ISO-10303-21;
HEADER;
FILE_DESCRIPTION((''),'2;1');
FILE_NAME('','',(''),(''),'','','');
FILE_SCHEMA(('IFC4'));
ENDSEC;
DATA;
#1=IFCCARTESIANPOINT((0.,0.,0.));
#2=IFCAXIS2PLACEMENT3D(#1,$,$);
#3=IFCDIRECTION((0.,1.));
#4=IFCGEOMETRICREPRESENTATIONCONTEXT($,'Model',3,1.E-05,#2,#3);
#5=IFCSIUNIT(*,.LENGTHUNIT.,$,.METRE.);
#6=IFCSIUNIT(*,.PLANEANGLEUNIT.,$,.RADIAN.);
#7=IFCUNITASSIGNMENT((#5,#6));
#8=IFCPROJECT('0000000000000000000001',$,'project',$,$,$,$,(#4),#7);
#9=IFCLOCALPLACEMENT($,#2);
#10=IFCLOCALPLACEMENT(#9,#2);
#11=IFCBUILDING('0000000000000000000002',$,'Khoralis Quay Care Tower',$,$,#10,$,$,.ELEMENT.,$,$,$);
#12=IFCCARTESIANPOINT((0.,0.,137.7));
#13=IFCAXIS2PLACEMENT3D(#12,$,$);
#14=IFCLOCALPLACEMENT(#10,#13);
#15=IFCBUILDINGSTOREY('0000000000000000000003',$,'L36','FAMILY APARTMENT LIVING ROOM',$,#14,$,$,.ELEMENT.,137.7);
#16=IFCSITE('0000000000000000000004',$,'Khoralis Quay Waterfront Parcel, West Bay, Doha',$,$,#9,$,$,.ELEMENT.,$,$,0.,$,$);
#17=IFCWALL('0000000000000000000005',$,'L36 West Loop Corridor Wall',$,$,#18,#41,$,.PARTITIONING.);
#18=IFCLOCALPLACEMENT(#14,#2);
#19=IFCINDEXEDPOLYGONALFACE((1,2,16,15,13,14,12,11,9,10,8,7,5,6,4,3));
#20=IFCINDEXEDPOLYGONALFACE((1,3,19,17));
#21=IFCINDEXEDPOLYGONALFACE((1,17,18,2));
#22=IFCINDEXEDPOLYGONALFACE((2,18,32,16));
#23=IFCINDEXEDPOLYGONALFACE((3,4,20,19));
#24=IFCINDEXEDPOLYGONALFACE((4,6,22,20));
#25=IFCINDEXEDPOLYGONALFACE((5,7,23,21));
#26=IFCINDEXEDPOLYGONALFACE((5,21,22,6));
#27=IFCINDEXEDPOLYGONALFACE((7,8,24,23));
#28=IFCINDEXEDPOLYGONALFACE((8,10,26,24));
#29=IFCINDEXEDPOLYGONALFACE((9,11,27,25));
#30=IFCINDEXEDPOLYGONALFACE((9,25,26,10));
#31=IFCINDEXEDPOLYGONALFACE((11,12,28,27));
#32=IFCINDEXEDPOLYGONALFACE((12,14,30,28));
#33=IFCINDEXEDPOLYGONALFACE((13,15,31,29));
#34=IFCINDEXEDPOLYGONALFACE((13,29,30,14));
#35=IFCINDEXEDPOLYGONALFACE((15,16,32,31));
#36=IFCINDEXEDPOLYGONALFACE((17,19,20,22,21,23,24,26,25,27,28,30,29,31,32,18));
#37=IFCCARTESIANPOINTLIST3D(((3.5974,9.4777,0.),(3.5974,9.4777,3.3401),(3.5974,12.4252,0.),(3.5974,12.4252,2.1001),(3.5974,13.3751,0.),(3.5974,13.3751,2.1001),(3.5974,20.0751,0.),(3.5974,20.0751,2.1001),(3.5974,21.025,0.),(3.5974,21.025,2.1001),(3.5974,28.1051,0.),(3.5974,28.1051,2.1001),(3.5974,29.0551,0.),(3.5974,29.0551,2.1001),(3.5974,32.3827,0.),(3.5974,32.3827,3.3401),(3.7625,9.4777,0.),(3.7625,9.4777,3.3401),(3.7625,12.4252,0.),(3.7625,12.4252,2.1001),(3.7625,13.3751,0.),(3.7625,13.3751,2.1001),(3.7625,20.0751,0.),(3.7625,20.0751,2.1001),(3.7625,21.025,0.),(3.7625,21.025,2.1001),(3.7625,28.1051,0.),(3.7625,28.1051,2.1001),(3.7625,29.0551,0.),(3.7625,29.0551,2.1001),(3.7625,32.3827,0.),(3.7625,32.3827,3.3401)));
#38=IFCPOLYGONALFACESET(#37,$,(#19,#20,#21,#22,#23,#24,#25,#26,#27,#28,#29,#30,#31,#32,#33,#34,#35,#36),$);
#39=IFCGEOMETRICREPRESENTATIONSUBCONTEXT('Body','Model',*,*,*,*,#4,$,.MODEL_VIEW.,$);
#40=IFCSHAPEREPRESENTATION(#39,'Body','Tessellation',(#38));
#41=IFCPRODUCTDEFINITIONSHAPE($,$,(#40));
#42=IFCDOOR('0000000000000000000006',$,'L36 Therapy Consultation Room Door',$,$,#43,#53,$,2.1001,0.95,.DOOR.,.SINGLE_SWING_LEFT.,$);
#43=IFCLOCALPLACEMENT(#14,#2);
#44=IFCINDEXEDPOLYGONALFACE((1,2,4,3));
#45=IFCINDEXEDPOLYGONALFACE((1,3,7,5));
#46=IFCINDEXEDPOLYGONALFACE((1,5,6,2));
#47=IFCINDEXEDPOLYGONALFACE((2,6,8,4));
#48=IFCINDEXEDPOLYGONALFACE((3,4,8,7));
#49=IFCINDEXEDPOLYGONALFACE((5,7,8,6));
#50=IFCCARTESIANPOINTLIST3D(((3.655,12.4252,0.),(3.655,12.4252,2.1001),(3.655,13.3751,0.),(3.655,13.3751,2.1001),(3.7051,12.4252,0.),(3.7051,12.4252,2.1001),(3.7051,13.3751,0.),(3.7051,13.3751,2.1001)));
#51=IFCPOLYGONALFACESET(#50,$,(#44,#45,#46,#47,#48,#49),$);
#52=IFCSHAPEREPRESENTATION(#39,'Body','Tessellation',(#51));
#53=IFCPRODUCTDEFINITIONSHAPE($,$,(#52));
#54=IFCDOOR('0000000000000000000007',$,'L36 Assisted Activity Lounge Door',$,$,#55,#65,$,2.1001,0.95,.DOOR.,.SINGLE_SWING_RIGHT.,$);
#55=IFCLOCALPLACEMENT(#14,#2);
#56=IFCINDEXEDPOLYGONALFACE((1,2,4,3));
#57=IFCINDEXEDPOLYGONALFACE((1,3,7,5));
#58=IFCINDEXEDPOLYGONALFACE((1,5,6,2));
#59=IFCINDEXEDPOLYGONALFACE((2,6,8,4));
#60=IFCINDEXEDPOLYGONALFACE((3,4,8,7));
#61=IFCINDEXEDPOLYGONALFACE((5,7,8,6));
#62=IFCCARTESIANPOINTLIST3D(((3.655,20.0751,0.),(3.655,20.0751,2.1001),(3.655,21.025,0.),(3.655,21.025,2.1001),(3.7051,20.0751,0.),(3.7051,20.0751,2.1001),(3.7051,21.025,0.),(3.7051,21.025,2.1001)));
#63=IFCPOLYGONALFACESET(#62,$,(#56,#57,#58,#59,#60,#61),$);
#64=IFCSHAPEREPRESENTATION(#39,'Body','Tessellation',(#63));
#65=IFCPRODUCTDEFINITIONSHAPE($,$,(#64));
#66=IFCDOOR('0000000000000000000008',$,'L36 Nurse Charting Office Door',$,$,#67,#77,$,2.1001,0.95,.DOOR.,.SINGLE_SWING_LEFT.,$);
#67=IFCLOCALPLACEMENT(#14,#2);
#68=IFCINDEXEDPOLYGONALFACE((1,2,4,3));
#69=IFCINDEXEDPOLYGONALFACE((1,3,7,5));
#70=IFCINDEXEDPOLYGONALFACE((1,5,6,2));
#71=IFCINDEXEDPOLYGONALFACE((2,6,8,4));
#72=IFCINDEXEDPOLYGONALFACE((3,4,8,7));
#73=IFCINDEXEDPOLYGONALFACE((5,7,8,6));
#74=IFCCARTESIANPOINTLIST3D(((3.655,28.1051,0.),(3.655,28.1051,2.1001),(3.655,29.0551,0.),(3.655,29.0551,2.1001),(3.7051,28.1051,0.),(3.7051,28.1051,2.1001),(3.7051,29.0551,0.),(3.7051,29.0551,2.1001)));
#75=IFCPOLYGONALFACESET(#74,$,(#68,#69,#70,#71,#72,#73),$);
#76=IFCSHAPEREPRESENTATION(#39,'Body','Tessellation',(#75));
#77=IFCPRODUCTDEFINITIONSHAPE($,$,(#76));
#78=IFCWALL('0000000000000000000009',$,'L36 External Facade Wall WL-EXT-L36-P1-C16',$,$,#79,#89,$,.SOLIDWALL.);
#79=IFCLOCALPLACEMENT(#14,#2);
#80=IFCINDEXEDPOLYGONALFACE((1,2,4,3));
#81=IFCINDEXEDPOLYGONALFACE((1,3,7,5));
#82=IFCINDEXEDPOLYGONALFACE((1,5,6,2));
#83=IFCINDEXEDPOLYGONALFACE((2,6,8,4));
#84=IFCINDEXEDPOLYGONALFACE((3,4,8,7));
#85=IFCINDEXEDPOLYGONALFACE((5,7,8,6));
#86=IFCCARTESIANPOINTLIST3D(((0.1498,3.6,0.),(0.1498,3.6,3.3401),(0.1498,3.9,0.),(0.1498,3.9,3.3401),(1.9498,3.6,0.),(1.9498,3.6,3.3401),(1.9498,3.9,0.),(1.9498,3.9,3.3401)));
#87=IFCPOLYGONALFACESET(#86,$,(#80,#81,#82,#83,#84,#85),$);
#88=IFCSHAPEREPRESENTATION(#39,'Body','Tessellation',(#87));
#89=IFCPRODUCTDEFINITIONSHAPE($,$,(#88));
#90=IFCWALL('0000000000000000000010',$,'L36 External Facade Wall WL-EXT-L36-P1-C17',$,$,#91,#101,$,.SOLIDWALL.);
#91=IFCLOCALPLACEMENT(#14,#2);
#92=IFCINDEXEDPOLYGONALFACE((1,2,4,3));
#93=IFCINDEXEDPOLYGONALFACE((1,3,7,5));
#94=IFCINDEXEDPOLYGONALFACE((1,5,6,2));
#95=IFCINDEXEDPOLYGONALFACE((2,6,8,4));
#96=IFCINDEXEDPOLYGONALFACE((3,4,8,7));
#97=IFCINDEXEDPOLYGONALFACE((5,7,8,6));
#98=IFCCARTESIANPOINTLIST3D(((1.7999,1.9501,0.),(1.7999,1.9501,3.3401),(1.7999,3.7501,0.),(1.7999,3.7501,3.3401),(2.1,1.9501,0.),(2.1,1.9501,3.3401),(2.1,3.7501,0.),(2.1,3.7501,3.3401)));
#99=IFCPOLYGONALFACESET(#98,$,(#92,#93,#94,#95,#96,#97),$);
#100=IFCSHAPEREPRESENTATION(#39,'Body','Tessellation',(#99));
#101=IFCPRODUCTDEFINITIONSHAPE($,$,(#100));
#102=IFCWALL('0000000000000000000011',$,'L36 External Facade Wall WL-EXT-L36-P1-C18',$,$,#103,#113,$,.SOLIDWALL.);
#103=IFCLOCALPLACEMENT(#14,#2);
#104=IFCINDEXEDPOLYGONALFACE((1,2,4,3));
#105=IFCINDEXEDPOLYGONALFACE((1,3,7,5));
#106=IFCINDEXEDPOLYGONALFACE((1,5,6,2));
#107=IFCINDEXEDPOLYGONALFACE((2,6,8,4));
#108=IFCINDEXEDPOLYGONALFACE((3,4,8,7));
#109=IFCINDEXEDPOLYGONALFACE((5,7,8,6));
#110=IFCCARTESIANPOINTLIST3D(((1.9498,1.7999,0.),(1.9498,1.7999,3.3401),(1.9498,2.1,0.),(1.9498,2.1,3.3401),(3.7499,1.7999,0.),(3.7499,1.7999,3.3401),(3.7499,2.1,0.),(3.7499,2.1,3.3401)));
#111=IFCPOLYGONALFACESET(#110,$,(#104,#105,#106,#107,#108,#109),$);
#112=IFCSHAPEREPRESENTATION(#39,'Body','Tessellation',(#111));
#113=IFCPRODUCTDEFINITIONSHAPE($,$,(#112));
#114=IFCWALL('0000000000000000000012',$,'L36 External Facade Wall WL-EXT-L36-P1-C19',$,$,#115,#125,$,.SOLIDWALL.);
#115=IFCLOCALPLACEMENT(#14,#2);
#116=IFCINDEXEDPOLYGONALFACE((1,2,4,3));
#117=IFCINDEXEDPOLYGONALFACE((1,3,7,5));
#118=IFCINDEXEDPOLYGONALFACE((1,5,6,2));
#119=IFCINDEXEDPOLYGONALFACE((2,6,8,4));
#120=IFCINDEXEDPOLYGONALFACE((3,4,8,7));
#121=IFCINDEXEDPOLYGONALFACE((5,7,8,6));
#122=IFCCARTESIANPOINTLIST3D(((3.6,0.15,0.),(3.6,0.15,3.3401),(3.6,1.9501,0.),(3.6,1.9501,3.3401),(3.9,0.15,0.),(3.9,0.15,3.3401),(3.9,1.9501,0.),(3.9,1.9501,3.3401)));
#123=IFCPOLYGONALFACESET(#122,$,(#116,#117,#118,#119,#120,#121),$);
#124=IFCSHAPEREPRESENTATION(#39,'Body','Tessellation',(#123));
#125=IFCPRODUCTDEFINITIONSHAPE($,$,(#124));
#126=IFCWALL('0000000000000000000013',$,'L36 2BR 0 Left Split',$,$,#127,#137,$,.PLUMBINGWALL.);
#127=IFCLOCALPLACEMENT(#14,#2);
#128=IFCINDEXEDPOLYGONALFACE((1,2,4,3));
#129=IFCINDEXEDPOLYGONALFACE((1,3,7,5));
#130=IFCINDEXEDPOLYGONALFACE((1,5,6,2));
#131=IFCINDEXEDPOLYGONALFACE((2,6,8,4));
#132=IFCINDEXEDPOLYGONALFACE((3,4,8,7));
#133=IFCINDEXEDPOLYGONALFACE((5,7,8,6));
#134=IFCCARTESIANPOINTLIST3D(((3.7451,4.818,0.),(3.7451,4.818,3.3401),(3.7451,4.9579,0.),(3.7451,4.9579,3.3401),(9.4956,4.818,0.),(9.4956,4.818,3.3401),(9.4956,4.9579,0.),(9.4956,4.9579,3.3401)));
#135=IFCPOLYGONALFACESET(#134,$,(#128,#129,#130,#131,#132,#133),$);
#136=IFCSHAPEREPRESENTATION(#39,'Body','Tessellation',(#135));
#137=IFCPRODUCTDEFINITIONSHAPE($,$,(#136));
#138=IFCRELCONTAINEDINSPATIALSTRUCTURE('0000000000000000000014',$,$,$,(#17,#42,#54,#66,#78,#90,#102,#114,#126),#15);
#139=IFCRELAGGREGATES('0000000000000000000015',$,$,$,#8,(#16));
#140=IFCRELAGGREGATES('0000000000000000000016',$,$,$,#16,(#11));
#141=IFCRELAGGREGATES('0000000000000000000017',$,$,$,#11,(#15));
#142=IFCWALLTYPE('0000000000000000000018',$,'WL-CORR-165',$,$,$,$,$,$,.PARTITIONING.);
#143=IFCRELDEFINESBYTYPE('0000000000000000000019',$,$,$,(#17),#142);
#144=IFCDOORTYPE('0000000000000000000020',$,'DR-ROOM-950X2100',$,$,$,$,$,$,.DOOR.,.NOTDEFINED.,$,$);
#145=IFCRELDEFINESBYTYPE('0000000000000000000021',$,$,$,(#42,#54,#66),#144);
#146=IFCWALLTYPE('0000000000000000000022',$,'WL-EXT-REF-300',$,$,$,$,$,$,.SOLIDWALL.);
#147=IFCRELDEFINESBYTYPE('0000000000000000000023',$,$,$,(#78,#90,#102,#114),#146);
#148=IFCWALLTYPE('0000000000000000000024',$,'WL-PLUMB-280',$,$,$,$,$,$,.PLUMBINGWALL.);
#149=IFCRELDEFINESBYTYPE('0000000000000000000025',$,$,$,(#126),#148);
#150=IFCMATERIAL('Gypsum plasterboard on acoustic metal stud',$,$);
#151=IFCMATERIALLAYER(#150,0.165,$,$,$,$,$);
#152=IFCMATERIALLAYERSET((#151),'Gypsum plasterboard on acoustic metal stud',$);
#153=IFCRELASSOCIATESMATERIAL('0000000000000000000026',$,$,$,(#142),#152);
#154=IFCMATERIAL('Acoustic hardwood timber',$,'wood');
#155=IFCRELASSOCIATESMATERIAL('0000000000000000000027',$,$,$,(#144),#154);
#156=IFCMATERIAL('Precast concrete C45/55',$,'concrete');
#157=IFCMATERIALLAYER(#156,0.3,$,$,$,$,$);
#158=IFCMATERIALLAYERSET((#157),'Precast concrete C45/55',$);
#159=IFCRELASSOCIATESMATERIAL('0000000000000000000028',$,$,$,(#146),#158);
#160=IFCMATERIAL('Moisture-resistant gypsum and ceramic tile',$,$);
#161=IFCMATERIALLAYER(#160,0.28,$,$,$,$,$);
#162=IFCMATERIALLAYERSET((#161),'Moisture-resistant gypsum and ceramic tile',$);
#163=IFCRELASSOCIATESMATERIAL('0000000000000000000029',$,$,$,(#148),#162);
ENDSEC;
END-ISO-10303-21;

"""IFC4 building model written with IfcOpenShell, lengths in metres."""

from ifc_helpers import new_model, si_unit, direction, frame, frame_2d, origin, place, context, subcontext, project, spatial, rectangle, extrude, source, transform, mapped, material, layer, layer_set, type_object, element, fill, save


model = new_model("IFC4")

# Units and contexts
model_context = context("Model", 3, precision=1e-05, world=origin(), true_north=direction((0.0, 1.0)))
body_context = subcontext(model_context, "Body", "Model", "MODEL_VIEW")
ifc_project = project(units=[si_unit("LENGTHUNIT", "METRE"), si_unit("PLANEANGLEUNIT", "RADIAN")], contexts=[model_context])

# Site, building, storey
site_placement = place(None, origin())
site = spatial("IfcSite", under=ifc_project, at=site_placement, Name="Khoralis Quay Waterfront Parcel, West Bay, Doha", CompositionType="ELEMENT", RefElevation=0.0)
building_placement = place(site_placement, origin())
building = spatial("IfcBuilding", under=site, at=building_placement, Name="Khoralis Quay Care Tower", CompositionType="ELEMENT")
storey_placement = place(building_placement, frame((0.0, 0.0, 137.7)))
storey = spatial("IfcBuildingStorey", under=building, at=storey_placement, Name="L36", Description="FAMILY APARTMENT LIVING ROOM", CompositionType="ELEMENT", Elevation=137.7)

# Shared definitions
ifc_material_1 = material(Name="Gypsum plasterboard on acoustic metal stud")

# Wall, openings, doors
ifc_layer_1 = layer(ifc_material_1, 0.165)
ifc_layer_set_1 = layer_set([ifc_layer_1], Name="Gypsum plasterboard on acoustic metal stud")
wall_type_1 = type_object("IfcWallType", Name="WL-CORR-165", PredefinedType="PARTITIONING", material=ifc_layer_set_1)
ifc_material_2 = material(Name="Acoustic hardwood timber", Category="wood")
door_type_1 = type_object("IfcDoorType", Name="DR-ROOM-950X2100", OperationType="NOTDEFINED", PredefinedType="DOOR", material=ifc_material_2)
shared_shape_1 = source(origin(), body_context, "Body", "SweptSolid", [
    extrude(rectangle(XDim=0.95, YDim=2.1001, at=frame_2d((0.4751, 1.05))), frame((0.0, 0.0249, 0.0), z_axis=(0.0, -1.0, 0.0), x_axis=(1.0, 0.0, 0.0)), (0.0, 0.0, 1.0), 0.05),
])
wall_1_placement = place(storey_placement, frame((3.6799, 9.4775, 0.0), z_axis=(0.0, 0.0, 1.0), x_axis=(0.0, 1.0, 0.0)))
wall_1 = element("IfcWall", 1, at=wall_1_placement, inside=storey, type_object=wall_type_1, Name="L36 West Loop Corridor Wall", PredefinedType="PARTITIONING", context=body_context, shape_type="SweptSolid", body=[
    extrude(rectangle(XDim=22.905, YDim=0.165, at=frame_2d((11.4526, 0.0))), origin(), (0.0, 0.0, 1.0), 3.3401),
])
opening_1_placement = place(wall_1_placement, frame((2.9475, 0.0, 0.0)))
opening_1 = element("IfcOpeningElement", 2, at=opening_1_placement, cuts=wall_1, PredefinedType="OPENING", context=body_context, shape_type="SweptSolid", body=[
    extrude(rectangle(XDim=0.95, YDim=2.1001, at=frame_2d((0.4751, 1.05))), frame((0.0, 0.0925, 0.0), z_axis=(0.0, -1.0, 0.0), x_axis=(1.0, 0.0, 0.0)), (0.0, 0.0, 1.0), 0.1851),
])
opening_2_placement = place(wall_1_placement, frame((10.5974, 0.0, 0.0)))
opening_2 = element("IfcOpeningElement", 3, at=opening_2_placement, cuts=wall_1, PredefinedType="OPENING", context=body_context, shape_type="SweptSolid", body=[
    extrude(rectangle(XDim=0.95, YDim=2.1001, at=frame_2d((0.4751, 1.05))), frame((0.0, 0.0925, 0.0), z_axis=(0.0, -1.0, 0.0), x_axis=(1.0, 0.0, 0.0)), (0.0, 0.0, 1.0), 0.1851),
])
opening_3_placement = place(wall_1_placement, frame((18.6274, 0.0, 0.0)))
opening_3 = element("IfcOpeningElement", 4, at=opening_3_placement, cuts=wall_1, PredefinedType="OPENING", context=body_context, shape_type="SweptSolid", body=[
    extrude(rectangle(XDim=0.95, YDim=2.1001, at=frame_2d((0.4751, 1.05))), frame((0.0, 0.0925, 0.0), z_axis=(0.0, -1.0, 0.0), x_axis=(1.0, 0.0, 0.0)), (0.0, 0.0, 1.0), 0.1851),
])
door_1_placement = place(opening_1_placement, origin())
door_1 = element("IfcDoor", 5, at=door_1_placement, inside=storey, type_object=door_type_1, Name="L36 Therapy Consultation Room Door", OperationType="SINGLE_SWING_LEFT", OverallHeight=2.1001, OverallWidth=0.95, PredefinedType="DOOR", context=body_context, shape_type="MappedRepresentation", body=[
    mapped(shared_shape_1, transform((0.0, 0.0, 0.0), scale=1.0)),
])
fill(opening_1, door_1)
door_2_placement = place(opening_2_placement, origin())
door_2 = element("IfcDoor", 6, at=door_2_placement, inside=storey, type_object=door_type_1, Name="L36 Assisted Activity Lounge Door", OperationType="SINGLE_SWING_RIGHT", OverallHeight=2.1001, OverallWidth=0.95, PredefinedType="DOOR", context=body_context, shape_type="MappedRepresentation", body=[
    mapped(shared_shape_1, transform((0.0, 0.0, 0.0), scale=1.0)),
])
fill(opening_2, door_2)
door_3_placement = place(opening_3_placement, origin())
door_3 = element("IfcDoor", 7, at=door_3_placement, inside=storey, type_object=door_type_1, Name="L36 Nurse Charting Office Door", OperationType="SINGLE_SWING_LEFT", OverallHeight=2.1001, OverallWidth=0.95, PredefinedType="DOOR", context=body_context, shape_type="MappedRepresentation", body=[
    mapped(shared_shape_1, transform((0.0, 0.0, 0.0), scale=1.0)),
])
fill(opening_3, door_3)

# Walls
ifc_material_3 = material(Name="Precast concrete C45/55", Category="concrete")
ifc_layer_2 = layer(ifc_material_3, 0.3)
ifc_layer_set_2 = layer_set([ifc_layer_2], Name="Precast concrete C45/55")
wall_type_2 = type_object("IfcWallType", Name="WL-EXT-REF-300", PredefinedType="SOLIDWALL", material=ifc_layer_set_2)
for number, where, z_axis, x_axis, name in (
    (8, (0.1499, 3.75, 0.0), (0.0, 0.0, 1.0), (1.0, 0.0, 0.0), "L36 External Facade Wall WL-EXT-L36-P1-C16"),
    (9, (1.95, 3.75, 0.0), (0.0, 0.0, 1.0), (0.0, -1.0, 0.0), "L36 External Facade Wall WL-EXT-L36-P1-C17"),
    (10, (1.95, 1.95, 0.0), (0.0, 0.0, 1.0), (1.0, 0.0, 0.0), "L36 External Facade Wall WL-EXT-L36-P1-C18"),
    (11, (3.75, 1.95, 0.0), (0.0, 0.0, 1.0), (0.0, -1.0, 0.0), "L36 External Facade Wall WL-EXT-L36-P1-C19"),
):
    element("IfcWall", number, at=place(storey_placement, frame(where, z_axis=z_axis, x_axis=x_axis)), inside=storey, type_object=wall_type_2, Name=name, PredefinedType="SOLIDWALL", context=body_context, shape_type="SweptSolid", body=[
        extrude(rectangle(XDim=1.8, YDim=0.3, at=frame_2d((0.8999, 0.0))), origin(), (0.0, 0.0, 1.0), 3.3401),
    ])
ifc_material_4 = material(Name="Moisture-resistant gypsum and ceramic tile")
ifc_layer_3 = layer(ifc_material_4, 0.28)
ifc_layer_set_3 = layer_set([ifc_layer_3], Name="Moisture-resistant gypsum and ceramic tile")
wall_type_3 = type_object("IfcWallType", Name="WL-PLUMB-280", PredefinedType="PLUMBINGWALL", material=ifc_layer_set_3)
wall_2_placement = place(storey_placement, frame((3.7451, 4.8879, 0.0), z_axis=(0.0, 0.0, 1.0), x_axis=(1.0, 0.0, 0.0)))
element("IfcWall", 12, at=wall_2_placement, inside=storey, type_object=wall_type_3, Name="L36 2BR 0 Left Split", PredefinedType="PLUMBINGWALL", context=body_context, shape_type="SweptSolid", body=[
    extrude(rectangle(XDim=5.7505, YDim=0.1399, at=frame_2d((2.8752, 0.0))), origin(), (0.0, 0.0, 1.0), 3.3401),
])

save(model, "model.ifc")
